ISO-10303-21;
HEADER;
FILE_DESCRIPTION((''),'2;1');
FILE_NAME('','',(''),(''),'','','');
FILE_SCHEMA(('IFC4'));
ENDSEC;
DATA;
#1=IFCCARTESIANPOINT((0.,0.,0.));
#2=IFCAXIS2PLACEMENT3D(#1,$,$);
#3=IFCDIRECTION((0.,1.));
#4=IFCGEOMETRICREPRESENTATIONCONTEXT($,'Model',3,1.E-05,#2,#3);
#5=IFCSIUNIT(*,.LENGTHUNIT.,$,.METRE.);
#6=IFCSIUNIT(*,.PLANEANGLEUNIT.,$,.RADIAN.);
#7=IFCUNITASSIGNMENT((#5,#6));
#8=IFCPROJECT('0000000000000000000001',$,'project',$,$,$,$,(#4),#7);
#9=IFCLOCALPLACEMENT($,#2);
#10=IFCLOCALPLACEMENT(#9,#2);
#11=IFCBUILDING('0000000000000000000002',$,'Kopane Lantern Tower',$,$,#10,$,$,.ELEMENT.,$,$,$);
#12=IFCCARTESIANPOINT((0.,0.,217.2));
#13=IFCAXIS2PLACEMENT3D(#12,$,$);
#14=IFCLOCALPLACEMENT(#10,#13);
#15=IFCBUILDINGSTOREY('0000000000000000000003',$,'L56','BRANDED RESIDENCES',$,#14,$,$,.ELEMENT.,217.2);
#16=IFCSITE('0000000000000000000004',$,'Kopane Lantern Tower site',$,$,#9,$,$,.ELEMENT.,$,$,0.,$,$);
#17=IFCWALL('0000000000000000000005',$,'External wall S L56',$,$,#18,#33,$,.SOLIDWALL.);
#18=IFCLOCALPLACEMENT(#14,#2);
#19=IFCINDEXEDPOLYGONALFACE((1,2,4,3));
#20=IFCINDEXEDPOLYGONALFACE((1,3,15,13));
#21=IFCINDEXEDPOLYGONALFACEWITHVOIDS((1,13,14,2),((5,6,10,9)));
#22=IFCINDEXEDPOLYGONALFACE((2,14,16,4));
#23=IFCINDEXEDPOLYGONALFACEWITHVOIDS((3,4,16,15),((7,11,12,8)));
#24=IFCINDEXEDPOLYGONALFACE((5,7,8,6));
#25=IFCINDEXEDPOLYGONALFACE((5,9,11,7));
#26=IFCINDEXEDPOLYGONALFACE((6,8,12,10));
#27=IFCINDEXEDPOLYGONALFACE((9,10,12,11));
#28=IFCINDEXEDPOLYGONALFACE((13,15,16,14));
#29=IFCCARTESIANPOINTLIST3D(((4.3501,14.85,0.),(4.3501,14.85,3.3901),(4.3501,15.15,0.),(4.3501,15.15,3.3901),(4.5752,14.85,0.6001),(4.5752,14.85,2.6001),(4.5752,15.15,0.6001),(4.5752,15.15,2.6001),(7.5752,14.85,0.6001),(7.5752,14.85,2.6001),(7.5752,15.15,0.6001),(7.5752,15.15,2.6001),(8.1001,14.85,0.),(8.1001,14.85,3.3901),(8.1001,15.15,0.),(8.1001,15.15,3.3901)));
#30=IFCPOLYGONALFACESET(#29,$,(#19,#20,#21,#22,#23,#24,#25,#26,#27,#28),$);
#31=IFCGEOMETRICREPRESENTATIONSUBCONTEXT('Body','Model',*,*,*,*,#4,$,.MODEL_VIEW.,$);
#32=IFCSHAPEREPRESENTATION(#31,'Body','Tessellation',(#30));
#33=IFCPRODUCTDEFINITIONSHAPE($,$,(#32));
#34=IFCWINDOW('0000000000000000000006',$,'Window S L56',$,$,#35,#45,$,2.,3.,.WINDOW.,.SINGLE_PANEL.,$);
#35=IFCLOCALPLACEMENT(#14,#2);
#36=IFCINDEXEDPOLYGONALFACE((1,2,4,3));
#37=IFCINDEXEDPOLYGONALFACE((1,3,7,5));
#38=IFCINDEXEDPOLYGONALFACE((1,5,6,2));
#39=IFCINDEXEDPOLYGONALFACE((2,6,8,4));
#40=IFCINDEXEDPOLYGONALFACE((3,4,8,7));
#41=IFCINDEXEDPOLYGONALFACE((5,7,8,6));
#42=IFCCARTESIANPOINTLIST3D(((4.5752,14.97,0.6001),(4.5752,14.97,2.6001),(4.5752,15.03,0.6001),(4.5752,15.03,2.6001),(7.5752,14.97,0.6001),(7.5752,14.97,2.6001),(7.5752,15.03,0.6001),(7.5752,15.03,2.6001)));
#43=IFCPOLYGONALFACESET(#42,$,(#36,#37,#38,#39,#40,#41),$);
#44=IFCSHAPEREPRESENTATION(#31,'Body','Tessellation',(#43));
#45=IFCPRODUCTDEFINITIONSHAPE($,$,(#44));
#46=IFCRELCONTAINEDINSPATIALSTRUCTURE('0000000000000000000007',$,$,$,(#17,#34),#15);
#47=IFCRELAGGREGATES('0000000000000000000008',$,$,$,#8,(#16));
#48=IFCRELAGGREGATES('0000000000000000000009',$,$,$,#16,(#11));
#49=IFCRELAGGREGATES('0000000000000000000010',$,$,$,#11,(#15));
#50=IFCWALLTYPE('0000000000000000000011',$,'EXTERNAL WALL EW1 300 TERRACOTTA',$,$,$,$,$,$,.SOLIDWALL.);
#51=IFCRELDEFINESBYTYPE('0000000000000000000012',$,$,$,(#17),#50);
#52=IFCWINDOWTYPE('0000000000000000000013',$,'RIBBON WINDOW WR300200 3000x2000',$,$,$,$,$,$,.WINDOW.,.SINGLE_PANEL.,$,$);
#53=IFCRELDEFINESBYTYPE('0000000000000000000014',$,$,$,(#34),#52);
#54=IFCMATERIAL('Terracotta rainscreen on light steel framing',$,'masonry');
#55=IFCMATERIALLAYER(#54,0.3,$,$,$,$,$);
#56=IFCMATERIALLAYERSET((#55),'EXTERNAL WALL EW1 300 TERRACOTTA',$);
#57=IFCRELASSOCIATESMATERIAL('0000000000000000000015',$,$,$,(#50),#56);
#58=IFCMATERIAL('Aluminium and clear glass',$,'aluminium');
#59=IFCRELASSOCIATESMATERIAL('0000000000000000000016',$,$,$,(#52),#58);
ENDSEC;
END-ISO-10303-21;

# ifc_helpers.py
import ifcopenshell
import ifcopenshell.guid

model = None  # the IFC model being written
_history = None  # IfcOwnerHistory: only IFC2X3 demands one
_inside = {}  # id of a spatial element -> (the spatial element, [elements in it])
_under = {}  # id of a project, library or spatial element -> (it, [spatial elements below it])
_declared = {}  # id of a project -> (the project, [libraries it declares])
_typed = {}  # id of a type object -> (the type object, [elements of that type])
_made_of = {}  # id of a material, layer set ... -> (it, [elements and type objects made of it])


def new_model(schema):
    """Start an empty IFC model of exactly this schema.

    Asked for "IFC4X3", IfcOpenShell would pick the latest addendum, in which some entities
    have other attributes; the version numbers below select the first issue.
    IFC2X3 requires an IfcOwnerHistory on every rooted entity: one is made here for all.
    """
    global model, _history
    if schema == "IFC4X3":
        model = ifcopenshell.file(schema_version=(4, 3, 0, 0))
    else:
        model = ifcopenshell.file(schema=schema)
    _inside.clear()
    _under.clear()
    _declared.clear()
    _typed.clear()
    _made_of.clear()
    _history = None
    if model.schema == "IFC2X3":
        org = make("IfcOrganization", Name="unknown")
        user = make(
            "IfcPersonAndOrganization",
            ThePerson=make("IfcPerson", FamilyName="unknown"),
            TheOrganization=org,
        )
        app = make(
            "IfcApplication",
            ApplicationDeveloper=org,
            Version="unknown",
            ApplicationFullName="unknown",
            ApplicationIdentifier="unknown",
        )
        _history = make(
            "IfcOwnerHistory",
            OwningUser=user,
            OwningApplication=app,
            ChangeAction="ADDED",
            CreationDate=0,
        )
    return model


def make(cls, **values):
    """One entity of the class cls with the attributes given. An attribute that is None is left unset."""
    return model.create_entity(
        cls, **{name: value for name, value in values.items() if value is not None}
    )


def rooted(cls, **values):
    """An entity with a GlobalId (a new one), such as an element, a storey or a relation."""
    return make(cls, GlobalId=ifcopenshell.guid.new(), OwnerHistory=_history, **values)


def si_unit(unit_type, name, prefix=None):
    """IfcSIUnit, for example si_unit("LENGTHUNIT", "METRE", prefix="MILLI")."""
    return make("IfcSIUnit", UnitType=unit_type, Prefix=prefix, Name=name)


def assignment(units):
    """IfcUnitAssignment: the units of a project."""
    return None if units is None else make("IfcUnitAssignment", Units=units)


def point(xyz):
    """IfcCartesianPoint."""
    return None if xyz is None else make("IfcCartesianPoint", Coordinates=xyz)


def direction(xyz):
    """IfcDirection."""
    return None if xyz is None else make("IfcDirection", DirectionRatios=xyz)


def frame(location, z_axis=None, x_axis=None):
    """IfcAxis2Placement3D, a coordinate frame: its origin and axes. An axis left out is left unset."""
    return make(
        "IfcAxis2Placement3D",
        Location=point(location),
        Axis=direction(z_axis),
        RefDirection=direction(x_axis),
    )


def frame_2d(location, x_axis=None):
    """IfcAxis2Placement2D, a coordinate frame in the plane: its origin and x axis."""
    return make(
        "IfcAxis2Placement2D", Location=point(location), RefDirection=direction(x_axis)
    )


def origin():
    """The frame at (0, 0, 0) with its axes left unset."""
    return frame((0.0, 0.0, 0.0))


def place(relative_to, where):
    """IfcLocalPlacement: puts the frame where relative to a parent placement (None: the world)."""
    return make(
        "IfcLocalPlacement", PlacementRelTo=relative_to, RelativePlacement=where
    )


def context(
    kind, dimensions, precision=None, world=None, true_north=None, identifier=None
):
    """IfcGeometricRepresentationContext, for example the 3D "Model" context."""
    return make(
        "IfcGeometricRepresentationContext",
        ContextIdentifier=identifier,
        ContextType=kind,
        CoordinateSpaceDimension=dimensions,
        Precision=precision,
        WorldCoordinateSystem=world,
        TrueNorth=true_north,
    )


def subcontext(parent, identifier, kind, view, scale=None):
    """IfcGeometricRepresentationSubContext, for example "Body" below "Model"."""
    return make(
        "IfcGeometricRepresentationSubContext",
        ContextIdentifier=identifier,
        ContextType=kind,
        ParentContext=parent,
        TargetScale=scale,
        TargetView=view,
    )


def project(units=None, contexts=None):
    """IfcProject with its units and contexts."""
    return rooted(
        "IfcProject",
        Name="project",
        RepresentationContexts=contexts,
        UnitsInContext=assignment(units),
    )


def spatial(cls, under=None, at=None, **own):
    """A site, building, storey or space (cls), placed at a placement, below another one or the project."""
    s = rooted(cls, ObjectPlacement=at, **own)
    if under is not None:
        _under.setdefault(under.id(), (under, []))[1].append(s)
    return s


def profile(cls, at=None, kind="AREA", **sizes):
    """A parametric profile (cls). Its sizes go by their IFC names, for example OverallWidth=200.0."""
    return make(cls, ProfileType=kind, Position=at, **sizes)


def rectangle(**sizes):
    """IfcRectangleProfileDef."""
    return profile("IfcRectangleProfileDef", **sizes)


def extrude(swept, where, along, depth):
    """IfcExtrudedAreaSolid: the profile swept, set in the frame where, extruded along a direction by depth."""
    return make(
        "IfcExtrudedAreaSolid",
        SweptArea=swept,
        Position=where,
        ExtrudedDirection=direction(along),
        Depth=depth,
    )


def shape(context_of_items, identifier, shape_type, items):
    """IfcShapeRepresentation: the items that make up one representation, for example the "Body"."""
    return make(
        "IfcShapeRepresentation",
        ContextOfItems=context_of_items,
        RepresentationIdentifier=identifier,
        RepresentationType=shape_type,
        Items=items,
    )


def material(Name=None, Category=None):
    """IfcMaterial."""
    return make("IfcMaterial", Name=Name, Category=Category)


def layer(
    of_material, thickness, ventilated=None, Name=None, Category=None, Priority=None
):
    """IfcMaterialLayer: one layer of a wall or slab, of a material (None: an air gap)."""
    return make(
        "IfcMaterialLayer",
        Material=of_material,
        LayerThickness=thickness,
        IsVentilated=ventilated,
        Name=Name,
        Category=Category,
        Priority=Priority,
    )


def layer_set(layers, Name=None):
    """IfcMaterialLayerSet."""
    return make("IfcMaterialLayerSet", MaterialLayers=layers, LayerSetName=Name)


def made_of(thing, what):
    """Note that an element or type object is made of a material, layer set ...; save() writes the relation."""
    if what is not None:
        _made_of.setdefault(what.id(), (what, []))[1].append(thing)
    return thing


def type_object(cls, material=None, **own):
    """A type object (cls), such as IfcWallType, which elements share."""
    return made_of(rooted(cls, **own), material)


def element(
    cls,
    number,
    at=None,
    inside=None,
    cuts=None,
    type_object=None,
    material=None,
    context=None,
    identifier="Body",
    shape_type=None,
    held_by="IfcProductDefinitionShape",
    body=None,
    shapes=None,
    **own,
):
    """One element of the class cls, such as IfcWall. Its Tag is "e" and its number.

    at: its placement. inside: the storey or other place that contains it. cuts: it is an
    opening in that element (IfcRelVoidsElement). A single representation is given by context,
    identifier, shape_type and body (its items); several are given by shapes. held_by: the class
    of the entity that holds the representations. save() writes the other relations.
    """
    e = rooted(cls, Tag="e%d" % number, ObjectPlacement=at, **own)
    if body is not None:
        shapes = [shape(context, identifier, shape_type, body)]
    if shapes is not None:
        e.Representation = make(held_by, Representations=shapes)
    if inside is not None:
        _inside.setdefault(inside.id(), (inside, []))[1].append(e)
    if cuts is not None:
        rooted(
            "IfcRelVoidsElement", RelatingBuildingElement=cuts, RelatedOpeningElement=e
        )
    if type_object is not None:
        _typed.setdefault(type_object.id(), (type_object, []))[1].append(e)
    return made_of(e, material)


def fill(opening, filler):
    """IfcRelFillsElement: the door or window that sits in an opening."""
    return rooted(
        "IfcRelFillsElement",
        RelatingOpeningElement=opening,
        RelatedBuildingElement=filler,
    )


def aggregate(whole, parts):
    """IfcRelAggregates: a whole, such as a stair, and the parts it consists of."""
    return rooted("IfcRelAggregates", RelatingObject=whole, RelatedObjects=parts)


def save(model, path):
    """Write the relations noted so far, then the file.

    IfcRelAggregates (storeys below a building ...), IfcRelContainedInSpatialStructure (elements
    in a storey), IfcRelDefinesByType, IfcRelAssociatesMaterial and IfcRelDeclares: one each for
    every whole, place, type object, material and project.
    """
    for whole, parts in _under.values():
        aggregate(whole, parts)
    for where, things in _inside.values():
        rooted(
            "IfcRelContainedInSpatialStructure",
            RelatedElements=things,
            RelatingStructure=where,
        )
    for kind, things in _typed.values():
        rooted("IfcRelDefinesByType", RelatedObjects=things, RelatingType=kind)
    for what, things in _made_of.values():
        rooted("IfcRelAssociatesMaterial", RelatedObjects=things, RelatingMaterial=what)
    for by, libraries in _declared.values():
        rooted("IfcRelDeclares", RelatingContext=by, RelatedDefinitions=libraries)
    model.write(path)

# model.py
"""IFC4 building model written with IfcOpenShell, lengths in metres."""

from ifc_helpers import new_model, si_unit, direction, frame, frame_2d, origin, place, context, subcontext, project, spatial, rectangle, extrude, material, layer, layer_set, type_object, element, fill, save


model = new_model("IFC4")

# Units and contexts
model_context = context("Model", 3, precision=1e-05, world=origin(), true_north=direction((0.0, 1.0)))
body_context = subcontext(model_context, "Body", "Model", "MODEL_VIEW")
ifc_project = project(units=[si_unit("LENGTHUNIT", "METRE"), si_unit("PLANEANGLEUNIT", "RADIAN")], contexts=[model_context])

# Site, building, storey
site_placement = place(None, origin())
site = spatial("IfcSite", under=ifc_project, at=site_placement, Name="Kopane Lantern Tower site", CompositionType="ELEMENT", RefElevation=0.0)
building_placement = place(site_placement, origin())
building = spatial("IfcBuilding", under=site, at=building_placement, Name="Kopane Lantern Tower", CompositionType="ELEMENT")
storey_placement = place(building_placement, frame((0.0, 0.0, 217.2)))
storey = spatial("IfcBuildingStorey", under=building, at=storey_placement, Name="L56", Description="BRANDED RESIDENCES", CompositionType="ELEMENT", Elevation=217.2)

# Wall, opening, window
ifc_material_1 = material(Name="Terracotta rainscreen on light steel framing", Category="masonry")
ifc_layer_1 = layer(ifc_material_1, 0.3)
ifc_layer_set_1 = layer_set([ifc_layer_1], Name="EXTERNAL WALL EW1 300 TERRACOTTA")
wall_type_1 = type_object("IfcWallType", Name="EXTERNAL WALL EW1 300 TERRACOTTA", PredefinedType="SOLIDWALL", material=ifc_layer_set_1)
ifc_material_2 = material(Name="Aluminium and clear glass", Category="aluminium")
window_type = type_object("IfcWindowType", Name="RIBBON WINDOW WR300200 3000x2000", PartitioningType="SINGLE_PANEL", PredefinedType="WINDOW", material=ifc_material_2)
wall_1_placement = place(storey_placement, frame((4.3501, 15.0, 0.0), z_axis=(0.0, 0.0, 1.0), x_axis=(1.0, 0.0, 0.0)))
wall_1 = element("IfcWall", 1, at=wall_1_placement, inside=storey, type_object=wall_type_1, Name="External wall S L56", PredefinedType="SOLIDWALL", context=body_context, shape_type="SweptSolid", body=[
    extrude(rectangle(XDim=3.75, YDim=0.3, at=frame_2d((1.875, 0.0))), origin(), (0.0, 0.0, 1.0), 3.3901),
])
opening_1_placement = place(wall_1_placement, frame((0.2251, 0.0, 0.6001)))
opening_1 = element("IfcOpeningElement", 2, at=opening_1_placement, cuts=wall_1, PredefinedType="OPENING", context=body_context, shape_type="SweptSolid", body=[
    extrude(rectangle(XDim=3.0, YDim=2.0, at=frame_2d((1.5, 1.0))), frame((0.0, 0.1599, 0.0), z_axis=(0.0, -1.0, 0.0), x_axis=(1.0, 0.0, 0.0)), (0.0, 0.0, 1.0), 0.3201),
])
window_1_placement = place(opening_1_placement, origin())
window_1 = element("IfcWindow", 3, at=window_1_placement, inside=storey, type_object=window_type, Name="Window S L56", OverallHeight=2.0, OverallWidth=3.0, PartitioningType="SINGLE_PANEL", PredefinedType="WINDOW", context=body_context, shape_type="SweptSolid", body=[
    extrude(rectangle(XDim=3.0, YDim=2.0, at=frame_2d((1.5, 1.0))), frame((0.0, 0.03, 0.0), z_axis=(0.0, -1.0, 0.0), x_axis=(1.0, 0.0, 0.0)), (0.0, 0.0, 1.0), 0.0601),
])
fill(opening_1, window_1)

save(model, "model.ifc")
